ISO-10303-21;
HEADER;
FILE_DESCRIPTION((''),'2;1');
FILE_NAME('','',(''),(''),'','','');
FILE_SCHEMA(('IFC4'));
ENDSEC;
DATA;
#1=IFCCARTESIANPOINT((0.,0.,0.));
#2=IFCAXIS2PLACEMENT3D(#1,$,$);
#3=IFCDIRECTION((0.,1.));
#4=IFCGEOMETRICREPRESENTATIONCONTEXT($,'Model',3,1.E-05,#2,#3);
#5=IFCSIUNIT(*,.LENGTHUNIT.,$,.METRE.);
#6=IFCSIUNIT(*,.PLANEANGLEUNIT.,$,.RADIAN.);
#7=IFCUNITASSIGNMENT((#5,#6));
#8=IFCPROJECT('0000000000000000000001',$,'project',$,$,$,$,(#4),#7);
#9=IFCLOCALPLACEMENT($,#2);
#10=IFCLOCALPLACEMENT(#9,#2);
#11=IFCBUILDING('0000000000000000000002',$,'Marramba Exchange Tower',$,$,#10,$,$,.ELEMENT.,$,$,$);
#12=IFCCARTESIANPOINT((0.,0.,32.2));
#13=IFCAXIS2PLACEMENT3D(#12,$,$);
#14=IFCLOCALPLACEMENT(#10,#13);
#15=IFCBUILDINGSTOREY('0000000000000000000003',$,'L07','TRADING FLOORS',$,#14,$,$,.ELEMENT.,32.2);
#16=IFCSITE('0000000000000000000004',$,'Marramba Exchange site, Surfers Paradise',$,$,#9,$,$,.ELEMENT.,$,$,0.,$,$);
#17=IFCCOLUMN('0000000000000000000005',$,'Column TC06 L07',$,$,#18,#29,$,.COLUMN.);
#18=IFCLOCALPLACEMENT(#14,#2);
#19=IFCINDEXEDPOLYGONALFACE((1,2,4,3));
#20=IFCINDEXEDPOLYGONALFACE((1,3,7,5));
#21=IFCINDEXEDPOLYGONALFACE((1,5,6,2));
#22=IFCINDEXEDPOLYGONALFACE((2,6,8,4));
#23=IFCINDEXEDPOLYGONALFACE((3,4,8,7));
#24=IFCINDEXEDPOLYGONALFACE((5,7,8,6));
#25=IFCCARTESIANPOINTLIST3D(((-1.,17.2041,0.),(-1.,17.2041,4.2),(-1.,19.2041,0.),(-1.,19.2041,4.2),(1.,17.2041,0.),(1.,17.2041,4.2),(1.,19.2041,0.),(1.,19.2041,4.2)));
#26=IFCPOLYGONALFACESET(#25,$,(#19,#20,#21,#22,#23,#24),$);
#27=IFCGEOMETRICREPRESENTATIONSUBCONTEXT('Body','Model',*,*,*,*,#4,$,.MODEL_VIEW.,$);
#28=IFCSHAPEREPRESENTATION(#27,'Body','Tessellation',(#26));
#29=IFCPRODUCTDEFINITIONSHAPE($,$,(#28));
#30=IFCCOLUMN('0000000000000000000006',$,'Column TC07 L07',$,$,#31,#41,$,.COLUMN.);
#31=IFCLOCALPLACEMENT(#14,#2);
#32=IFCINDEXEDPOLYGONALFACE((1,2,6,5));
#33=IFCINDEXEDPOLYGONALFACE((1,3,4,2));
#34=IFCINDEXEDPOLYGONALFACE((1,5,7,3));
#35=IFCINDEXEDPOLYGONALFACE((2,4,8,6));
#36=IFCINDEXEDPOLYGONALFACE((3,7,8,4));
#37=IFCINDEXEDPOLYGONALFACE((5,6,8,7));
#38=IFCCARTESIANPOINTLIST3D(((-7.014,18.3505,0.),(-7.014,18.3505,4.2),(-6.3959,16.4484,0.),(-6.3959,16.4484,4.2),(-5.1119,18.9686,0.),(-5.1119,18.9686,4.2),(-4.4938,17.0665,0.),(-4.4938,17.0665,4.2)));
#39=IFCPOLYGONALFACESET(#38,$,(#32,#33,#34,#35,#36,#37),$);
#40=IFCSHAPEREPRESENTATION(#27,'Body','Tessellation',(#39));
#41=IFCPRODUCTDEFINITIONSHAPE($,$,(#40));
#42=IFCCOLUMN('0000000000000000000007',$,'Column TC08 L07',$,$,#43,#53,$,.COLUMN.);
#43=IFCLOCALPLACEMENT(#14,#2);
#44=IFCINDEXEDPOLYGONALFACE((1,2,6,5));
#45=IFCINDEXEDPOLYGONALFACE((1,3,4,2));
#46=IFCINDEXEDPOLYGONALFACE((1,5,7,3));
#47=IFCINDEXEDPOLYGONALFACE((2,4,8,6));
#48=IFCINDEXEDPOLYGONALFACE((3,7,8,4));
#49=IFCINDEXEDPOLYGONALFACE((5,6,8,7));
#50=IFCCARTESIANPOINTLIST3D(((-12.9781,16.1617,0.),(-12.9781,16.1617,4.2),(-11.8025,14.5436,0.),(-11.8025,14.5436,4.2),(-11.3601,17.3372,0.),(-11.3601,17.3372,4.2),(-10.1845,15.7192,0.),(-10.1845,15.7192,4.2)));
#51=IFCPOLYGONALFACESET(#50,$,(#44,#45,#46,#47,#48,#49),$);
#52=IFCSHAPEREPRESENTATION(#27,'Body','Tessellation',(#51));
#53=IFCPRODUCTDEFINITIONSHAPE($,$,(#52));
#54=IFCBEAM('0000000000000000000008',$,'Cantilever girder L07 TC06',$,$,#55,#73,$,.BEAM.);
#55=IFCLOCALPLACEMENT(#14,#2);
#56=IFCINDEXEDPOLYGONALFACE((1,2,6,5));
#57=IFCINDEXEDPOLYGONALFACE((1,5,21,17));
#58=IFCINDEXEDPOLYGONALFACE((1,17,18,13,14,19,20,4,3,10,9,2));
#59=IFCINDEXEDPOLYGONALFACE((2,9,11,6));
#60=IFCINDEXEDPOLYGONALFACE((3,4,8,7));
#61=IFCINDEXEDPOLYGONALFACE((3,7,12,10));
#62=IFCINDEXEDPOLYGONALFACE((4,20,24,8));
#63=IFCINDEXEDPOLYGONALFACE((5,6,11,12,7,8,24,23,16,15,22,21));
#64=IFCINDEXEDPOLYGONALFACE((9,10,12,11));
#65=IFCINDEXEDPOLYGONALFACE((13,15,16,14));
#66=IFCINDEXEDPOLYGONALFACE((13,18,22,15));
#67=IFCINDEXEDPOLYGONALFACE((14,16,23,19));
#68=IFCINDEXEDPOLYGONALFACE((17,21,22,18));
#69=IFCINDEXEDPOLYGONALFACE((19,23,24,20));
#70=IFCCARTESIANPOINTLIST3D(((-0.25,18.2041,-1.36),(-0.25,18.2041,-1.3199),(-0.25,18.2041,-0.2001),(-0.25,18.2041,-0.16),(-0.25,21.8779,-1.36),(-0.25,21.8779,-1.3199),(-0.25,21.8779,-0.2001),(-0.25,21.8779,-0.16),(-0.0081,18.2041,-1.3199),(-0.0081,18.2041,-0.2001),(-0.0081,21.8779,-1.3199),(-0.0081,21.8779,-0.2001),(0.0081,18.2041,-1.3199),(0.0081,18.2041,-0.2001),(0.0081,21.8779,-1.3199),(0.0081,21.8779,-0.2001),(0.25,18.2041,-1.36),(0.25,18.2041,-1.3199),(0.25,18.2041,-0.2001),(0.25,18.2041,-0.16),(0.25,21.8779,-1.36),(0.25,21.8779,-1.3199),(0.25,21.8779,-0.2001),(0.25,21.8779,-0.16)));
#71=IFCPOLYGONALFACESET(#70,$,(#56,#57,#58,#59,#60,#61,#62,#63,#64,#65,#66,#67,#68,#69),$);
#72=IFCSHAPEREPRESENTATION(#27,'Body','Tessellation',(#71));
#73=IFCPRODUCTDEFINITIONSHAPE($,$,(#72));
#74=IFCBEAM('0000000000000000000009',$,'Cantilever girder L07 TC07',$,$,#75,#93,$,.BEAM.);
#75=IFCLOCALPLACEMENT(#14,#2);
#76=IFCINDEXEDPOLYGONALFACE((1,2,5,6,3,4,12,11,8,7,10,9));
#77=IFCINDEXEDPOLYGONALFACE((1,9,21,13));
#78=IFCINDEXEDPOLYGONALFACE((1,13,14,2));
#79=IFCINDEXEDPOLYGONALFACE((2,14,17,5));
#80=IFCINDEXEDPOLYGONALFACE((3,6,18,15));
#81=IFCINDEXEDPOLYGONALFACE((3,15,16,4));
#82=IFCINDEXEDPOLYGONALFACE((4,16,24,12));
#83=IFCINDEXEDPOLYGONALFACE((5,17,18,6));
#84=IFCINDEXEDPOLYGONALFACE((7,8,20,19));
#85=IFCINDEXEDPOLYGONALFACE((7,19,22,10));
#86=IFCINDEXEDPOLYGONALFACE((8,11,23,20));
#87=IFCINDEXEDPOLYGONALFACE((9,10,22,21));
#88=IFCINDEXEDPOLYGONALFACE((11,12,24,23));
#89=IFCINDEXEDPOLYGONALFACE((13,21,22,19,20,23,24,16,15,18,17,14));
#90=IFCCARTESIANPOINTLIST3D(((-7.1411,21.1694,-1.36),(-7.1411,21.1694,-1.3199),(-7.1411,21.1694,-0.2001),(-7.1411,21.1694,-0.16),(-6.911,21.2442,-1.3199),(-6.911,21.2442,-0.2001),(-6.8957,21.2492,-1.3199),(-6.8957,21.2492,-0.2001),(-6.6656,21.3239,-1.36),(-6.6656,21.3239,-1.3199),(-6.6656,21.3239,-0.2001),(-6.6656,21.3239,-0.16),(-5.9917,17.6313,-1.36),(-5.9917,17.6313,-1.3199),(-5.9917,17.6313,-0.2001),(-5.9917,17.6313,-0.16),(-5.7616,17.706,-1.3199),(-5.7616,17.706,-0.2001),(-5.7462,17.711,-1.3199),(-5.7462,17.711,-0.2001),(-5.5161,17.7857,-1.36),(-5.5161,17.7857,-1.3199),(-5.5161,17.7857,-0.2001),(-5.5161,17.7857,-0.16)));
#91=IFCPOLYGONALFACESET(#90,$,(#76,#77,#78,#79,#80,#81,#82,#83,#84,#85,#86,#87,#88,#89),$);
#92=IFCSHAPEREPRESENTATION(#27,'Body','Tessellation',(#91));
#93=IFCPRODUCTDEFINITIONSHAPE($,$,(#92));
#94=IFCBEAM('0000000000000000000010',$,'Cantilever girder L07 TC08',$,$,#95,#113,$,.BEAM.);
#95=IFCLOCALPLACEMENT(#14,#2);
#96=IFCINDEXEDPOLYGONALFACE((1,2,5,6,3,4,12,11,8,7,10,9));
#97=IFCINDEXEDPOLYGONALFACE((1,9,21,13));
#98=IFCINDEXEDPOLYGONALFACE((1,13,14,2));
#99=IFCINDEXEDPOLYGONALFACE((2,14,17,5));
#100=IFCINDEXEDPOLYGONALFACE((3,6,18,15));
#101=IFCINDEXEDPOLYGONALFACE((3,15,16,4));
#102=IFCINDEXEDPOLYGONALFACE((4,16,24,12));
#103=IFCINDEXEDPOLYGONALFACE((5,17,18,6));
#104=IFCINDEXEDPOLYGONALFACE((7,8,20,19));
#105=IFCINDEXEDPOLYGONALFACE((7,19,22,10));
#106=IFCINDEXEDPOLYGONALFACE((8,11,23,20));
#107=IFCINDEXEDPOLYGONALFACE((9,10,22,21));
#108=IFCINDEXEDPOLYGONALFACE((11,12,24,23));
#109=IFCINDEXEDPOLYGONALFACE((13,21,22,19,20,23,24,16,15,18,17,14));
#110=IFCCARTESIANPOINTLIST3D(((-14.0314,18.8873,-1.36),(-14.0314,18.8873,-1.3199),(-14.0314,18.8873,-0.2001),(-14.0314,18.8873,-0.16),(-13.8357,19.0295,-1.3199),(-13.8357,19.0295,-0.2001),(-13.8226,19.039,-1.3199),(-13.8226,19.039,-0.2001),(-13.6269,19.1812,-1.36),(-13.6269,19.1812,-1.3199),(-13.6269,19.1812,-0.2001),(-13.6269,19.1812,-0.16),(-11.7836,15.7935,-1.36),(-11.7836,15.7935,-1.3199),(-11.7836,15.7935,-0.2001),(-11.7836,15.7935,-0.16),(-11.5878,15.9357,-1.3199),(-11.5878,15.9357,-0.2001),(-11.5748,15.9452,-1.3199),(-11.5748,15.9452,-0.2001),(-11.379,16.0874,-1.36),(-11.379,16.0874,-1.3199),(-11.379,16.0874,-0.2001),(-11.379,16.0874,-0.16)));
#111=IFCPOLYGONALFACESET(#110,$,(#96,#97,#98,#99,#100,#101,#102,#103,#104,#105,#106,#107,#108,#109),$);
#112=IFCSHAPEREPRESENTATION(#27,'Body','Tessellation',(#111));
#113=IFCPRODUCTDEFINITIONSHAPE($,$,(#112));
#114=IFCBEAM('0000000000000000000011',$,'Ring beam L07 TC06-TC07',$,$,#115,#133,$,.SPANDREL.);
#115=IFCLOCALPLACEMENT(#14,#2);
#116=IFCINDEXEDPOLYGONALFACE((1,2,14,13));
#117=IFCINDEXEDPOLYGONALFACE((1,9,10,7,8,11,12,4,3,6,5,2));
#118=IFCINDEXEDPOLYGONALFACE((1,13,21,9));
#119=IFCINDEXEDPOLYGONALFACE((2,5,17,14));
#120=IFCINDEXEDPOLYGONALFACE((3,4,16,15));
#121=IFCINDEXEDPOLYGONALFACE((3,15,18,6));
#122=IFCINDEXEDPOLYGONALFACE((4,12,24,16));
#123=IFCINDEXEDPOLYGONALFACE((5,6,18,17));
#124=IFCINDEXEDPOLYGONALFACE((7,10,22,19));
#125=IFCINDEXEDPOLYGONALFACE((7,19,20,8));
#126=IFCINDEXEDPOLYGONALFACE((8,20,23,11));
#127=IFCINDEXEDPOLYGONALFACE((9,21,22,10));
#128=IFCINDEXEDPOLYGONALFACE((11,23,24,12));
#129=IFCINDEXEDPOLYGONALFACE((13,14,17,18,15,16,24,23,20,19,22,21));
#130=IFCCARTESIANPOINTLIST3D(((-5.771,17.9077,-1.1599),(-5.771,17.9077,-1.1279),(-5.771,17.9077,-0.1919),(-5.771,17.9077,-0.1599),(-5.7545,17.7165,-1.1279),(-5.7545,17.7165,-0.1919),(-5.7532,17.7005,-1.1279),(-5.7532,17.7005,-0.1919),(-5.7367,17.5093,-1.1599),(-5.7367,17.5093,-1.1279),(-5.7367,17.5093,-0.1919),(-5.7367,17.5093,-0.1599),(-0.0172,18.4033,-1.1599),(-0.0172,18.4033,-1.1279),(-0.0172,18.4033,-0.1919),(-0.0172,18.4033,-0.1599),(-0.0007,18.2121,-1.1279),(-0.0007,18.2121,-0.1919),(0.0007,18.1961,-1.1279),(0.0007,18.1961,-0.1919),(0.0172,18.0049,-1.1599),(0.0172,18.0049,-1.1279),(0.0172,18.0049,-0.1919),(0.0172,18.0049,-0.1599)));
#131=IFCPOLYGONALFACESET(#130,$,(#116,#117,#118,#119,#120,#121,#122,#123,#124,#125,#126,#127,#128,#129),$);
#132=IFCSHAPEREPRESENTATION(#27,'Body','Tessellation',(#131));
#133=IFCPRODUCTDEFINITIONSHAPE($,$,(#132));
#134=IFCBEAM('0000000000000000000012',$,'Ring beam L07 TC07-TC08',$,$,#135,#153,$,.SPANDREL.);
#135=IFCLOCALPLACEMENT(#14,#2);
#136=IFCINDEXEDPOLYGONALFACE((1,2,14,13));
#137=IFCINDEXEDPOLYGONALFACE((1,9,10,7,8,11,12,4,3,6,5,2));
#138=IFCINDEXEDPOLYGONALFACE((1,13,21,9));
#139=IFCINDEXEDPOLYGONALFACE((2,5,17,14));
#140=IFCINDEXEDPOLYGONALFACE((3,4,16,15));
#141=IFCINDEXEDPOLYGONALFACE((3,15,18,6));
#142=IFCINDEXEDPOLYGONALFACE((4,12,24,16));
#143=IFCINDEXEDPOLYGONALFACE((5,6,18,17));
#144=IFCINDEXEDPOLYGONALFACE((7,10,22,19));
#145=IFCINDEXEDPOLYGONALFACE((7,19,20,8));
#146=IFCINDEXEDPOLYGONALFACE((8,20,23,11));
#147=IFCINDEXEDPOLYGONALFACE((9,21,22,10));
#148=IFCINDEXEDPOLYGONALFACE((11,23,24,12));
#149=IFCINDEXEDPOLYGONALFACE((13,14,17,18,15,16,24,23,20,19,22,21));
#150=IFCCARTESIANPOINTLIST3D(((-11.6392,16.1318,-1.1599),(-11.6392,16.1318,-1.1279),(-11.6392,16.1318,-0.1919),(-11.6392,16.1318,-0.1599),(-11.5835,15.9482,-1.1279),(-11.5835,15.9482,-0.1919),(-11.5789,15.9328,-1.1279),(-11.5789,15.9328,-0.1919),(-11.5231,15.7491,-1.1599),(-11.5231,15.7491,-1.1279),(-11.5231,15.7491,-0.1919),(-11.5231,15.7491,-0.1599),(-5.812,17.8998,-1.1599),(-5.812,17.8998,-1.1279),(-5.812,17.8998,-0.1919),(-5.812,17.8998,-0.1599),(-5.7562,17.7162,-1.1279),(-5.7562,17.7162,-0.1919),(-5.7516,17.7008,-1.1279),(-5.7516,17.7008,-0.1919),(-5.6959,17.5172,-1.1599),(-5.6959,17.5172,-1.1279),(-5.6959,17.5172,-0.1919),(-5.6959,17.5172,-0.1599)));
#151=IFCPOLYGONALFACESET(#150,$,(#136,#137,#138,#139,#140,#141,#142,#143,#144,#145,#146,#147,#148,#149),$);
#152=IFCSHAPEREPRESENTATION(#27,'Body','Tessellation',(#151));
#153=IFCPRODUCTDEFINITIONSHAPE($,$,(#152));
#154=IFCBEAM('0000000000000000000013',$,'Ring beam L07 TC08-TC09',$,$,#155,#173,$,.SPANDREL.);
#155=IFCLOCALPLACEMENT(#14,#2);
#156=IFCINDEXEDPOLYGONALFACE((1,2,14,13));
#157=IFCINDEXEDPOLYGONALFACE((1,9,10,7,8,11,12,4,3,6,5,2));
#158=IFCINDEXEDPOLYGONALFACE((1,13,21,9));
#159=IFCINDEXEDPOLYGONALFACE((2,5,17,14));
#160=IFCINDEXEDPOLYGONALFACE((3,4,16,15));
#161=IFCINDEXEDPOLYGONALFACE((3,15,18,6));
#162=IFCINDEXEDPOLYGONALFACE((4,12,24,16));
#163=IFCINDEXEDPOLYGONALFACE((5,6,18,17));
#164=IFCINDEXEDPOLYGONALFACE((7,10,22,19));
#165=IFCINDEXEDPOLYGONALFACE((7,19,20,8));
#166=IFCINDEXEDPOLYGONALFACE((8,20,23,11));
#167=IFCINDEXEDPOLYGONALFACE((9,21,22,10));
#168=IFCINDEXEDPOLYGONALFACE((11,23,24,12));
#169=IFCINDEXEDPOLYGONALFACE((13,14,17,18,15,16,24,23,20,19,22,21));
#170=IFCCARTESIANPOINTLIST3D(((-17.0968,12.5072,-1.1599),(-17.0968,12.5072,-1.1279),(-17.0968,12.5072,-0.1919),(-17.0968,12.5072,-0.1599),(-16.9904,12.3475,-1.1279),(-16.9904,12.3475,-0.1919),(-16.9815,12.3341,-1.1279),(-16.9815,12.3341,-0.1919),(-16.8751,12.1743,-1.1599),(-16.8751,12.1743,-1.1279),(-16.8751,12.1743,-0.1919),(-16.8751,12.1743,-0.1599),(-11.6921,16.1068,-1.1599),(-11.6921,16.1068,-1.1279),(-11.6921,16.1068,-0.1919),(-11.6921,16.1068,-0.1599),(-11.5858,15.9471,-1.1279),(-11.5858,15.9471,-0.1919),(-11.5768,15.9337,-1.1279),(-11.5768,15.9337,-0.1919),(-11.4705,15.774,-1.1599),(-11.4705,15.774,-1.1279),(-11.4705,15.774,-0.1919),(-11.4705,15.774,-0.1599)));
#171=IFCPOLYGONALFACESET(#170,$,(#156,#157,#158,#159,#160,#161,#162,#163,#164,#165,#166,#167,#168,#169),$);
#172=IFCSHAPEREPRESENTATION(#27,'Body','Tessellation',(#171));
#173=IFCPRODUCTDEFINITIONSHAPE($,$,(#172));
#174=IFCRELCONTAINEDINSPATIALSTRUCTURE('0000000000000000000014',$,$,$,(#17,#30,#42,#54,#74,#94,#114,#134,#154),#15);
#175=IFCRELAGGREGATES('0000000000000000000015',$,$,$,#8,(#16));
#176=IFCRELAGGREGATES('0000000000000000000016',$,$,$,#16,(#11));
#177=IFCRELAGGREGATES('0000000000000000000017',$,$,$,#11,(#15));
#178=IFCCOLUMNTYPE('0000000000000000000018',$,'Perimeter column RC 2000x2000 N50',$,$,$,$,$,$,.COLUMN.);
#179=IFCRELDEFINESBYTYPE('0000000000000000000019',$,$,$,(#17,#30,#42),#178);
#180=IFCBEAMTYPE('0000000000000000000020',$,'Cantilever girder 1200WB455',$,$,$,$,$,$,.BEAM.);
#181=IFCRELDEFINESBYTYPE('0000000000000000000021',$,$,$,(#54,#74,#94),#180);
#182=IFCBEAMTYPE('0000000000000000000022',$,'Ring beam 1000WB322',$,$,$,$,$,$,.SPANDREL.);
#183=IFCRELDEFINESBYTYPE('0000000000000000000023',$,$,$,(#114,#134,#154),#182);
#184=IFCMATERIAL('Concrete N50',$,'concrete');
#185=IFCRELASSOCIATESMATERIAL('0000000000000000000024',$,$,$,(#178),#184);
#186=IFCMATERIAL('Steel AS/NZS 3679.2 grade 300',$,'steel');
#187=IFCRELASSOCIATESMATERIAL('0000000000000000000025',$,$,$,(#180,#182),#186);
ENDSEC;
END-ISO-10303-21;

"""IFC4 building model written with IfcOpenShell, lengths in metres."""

from ifc_helpers import new_model, si_unit, direction, frame, origin, origin_2d, place, context, subcontext, project, spatial, rectangle, i_section, extrude, material, material_profile, profile_set, type_object, element, save


model = new_model("IFC4")

# Units and contexts
model_context = context("Model", 3, precision=1e-05, world=origin(), true_north=direction((0.0, 1.0)))
body_context = subcontext(model_context, "Body", "Model", "MODEL_VIEW")
ifc_project = project(units=[si_unit("LENGTHUNIT", "METRE"), si_unit("PLANEANGLEUNIT", "RADIAN")], contexts=[model_context])

# Site, building, storey
site_placement = place(None, origin())
site = spatial("IfcSite", under=ifc_project, at=site_placement, Name="Marramba Exchange site, Surfers Paradise", CompositionType="ELEMENT", RefElevation=0.0)
building_placement = place(site_placement, origin())
building = spatial("IfcBuilding", under=site, at=building_placement, Name="Marramba Exchange Tower", CompositionType="ELEMENT")
storey_placement = place(building_placement, frame((0.0, 0.0, 32.2)))
storey = spatial("IfcBuildingStorey", under=building, at=storey_placement, Name="L07", Description="TRADING FLOORS", CompositionType="ELEMENT", Elevation=32.2)

# Columns
ifc_material_1 = material(Name="Concrete N50", Category="concrete")
ifc_material_profile_1 = material_profile(ifc_material_1, rectangle(XDim=2.0, YDim=2.0, at=origin_2d()), Name="RC 2000x2000")
ifc_profile_set_1 = profile_set([ifc_material_profile_1], Name="Concrete N50")
column_type = type_object("IfcColumnType", Name="Perimeter column RC 2000x2000 N50", PredefinedType="COLUMN", material=ifc_profile_set_1)
for number, where, z_axis, x_axis, name in (
    (1, (0.0, 18.2041, 0.0), (0.0, 0.0, 1.0), (0.0, 1.0, 0.0), "Column TC06 L07"),
    (2, (-5.7539, 17.7085, 0.0), (0.0, 0.0, 1.0), (-0.309017, 0.951057, 0.0), "Column TC07 L07"),
    (3, (-11.5813, 15.9404, 0.0), (0.0, 0.0, 1.0), (-0.587785, 0.809017, 0.0), "Column TC08 L07"),
):
    element("IfcColumn", number, at=place(storey_placement, frame(where, z_axis=z_axis, x_axis=x_axis)), inside=storey, type_object=column_type, Name=name, PredefinedType="COLUMN", context=body_context, shape_type="SweptSolid", body=[
        extrude(rectangle(XDim=2.0, YDim=2.0, at=origin_2d()), origin(), (0.0, 0.0, 1.0), 4.2),
    ])

# Beams
ifc_material_2 = material(Name="Steel AS/NZS 3679.2 grade 300", Category="steel")
ifc_material_profile_2 = material_profile(ifc_material_2, i_section(OverallWidth=0.5, OverallDepth=1.2, WebThickness=0.0161, FlangeThickness=0.04, at=origin_2d()), Name="1200WB455")
ifc_profile_set_2 = profile_set([ifc_material_profile_2], Name="Steel AS/NZS 3679.2 grade 300")
beam_type_1 = type_object("IfcBeamType", Name="Cantilever girder 1200WB455", PredefinedType="BEAM", material=ifc_profile_set_2)
beam_1_placement = place(storey_placement, frame((0.0, 18.2041, -0.76), z_axis=(0.0, 1.0, 0.0), x_axis=(-1.0, 0.0, 0.0)))
element("IfcBeam", 4, at=beam_1_placement, inside=storey, type_object=beam_type_1, Name="Cantilever girder L07 TC06", PredefinedType="BEAM", context=body_context, shape_type="SweptSolid", body=[
    extrude(i_section(OverallWidth=0.5, OverallDepth=1.2, WebThickness=0.0161, FlangeThickness=0.04, at=origin_2d()), origin(), (0.0, 0.0, 1.0), 3.6738),
])
beam_2_placement = place(storey_placement, frame((-5.7539, 17.7085, -0.76), z_axis=(-0.308973, 0.951071, 0.0), x_axis=(-0.951071, -0.308973, 0.0)))
element("IfcBeam", 5, at=beam_2_placement, inside=storey, type_object=beam_type_1, Name="Cantilever girder L07 TC07", PredefinedType="BEAM", context=body_context, shape_type="SweptSolid", body=[
    extrude(i_section(OverallWidth=0.5, OverallDepth=1.2, WebThickness=0.0161, FlangeThickness=0.04, at=origin_2d()), origin(), (0.0, 0.0, 1.0), 3.7202),
])
beam_3_placement = place(storey_placement, frame((-11.5813, 15.9404, -0.76), z_axis=(-0.587796, 0.809009, 0.0), x_axis=(-0.809009, -0.587796, 0.0)))
element("IfcBeam", 6, at=beam_3_placement, inside=storey, type_object=beam_type_1, Name="Cantilever girder L07 TC08", PredefinedType="BEAM", context=body_context, shape_type="SweptSolid", body=[
    extrude(i_section(OverallWidth=0.5, OverallDepth=1.2, WebThickness=0.0161, FlangeThickness=0.04, at=origin_2d()), origin(), (0.0, 0.0, 1.0), 3.8242),
])
ifc_material_profile_3 = material_profile(ifc_material_2, i_section(OverallWidth=0.3999, OverallDepth=1.0, WebThickness=0.0161, FlangeThickness=0.032, at=origin_2d()), Name="1000WB322")
ifc_profile_set_3 = profile_set([ifc_material_profile_3], Name="Steel AS/NZS 3679.2 grade 300")
beam_type_2 = type_object("IfcBeamType", Name="Ring beam 1000WB322", PredefinedType="SPANDREL", material=ifc_profile_set_3)
beam_4_placement = place(storey_placement, frame((0.0, 18.2041, -0.6599), z_axis=(-0.996311, -0.085816, 0.0), x_axis=(0.085816, -0.996311, 0.0)))
element("IfcBeam", 7, at=beam_4_placement, inside=storey, type_object=beam_type_2, Name="Ring beam L07 TC06-TC07", PredefinedType="SPANDREL", context=body_context, shape_type="SweptSolid", body=[
    extrude(i_section(OverallWidth=0.3999, OverallDepth=1.0, WebThickness=0.0161, FlangeThickness=0.032, at=origin_2d()), origin(), (0.0, 0.0, 1.0), 5.7751),
])
beam_5_placement = place(storey_placement, frame((-5.7539, 17.7085, -0.6599), z_axis=(-0.956925, -0.290337, 0.0), x_axis=(0.290337, -0.956925, 0.0)))
element("IfcBeam", 8, at=beam_5_placement, inside=storey, type_object=beam_type_2, Name="Ring beam L07 TC07-TC08", PredefinedType="SPANDREL", context=body_context, shape_type="SweptSolid", body=[
    extrude(i_section(OverallWidth=0.3999, OverallDepth=1.0, WebThickness=0.0161, FlangeThickness=0.032, at=origin_2d()), origin(), (0.0, 0.0, 1.0), 6.0896),
])
beam_6_placement = place(storey_placement, frame((-11.5813, 15.9404, -0.6599), z_axis=(-0.832293, -0.554336, 0.0), x_axis=(0.554336, -0.832293, 0.0)))
element("IfcBeam", 9, at=beam_6_placement, inside=storey, type_object=beam_type_2, Name="Ring beam L07 TC08-TC09", PredefinedType="SPANDREL", context=body_context, shape_type="SweptSolid", body=[
    extrude(i_section(OverallWidth=0.3999, OverallDepth=1.0, WebThickness=0.0161, FlangeThickness=0.032, at=origin_2d()), origin(), (0.0, 0.0, 1.0), 6.4937),
])

save(model, "model.ifc")
